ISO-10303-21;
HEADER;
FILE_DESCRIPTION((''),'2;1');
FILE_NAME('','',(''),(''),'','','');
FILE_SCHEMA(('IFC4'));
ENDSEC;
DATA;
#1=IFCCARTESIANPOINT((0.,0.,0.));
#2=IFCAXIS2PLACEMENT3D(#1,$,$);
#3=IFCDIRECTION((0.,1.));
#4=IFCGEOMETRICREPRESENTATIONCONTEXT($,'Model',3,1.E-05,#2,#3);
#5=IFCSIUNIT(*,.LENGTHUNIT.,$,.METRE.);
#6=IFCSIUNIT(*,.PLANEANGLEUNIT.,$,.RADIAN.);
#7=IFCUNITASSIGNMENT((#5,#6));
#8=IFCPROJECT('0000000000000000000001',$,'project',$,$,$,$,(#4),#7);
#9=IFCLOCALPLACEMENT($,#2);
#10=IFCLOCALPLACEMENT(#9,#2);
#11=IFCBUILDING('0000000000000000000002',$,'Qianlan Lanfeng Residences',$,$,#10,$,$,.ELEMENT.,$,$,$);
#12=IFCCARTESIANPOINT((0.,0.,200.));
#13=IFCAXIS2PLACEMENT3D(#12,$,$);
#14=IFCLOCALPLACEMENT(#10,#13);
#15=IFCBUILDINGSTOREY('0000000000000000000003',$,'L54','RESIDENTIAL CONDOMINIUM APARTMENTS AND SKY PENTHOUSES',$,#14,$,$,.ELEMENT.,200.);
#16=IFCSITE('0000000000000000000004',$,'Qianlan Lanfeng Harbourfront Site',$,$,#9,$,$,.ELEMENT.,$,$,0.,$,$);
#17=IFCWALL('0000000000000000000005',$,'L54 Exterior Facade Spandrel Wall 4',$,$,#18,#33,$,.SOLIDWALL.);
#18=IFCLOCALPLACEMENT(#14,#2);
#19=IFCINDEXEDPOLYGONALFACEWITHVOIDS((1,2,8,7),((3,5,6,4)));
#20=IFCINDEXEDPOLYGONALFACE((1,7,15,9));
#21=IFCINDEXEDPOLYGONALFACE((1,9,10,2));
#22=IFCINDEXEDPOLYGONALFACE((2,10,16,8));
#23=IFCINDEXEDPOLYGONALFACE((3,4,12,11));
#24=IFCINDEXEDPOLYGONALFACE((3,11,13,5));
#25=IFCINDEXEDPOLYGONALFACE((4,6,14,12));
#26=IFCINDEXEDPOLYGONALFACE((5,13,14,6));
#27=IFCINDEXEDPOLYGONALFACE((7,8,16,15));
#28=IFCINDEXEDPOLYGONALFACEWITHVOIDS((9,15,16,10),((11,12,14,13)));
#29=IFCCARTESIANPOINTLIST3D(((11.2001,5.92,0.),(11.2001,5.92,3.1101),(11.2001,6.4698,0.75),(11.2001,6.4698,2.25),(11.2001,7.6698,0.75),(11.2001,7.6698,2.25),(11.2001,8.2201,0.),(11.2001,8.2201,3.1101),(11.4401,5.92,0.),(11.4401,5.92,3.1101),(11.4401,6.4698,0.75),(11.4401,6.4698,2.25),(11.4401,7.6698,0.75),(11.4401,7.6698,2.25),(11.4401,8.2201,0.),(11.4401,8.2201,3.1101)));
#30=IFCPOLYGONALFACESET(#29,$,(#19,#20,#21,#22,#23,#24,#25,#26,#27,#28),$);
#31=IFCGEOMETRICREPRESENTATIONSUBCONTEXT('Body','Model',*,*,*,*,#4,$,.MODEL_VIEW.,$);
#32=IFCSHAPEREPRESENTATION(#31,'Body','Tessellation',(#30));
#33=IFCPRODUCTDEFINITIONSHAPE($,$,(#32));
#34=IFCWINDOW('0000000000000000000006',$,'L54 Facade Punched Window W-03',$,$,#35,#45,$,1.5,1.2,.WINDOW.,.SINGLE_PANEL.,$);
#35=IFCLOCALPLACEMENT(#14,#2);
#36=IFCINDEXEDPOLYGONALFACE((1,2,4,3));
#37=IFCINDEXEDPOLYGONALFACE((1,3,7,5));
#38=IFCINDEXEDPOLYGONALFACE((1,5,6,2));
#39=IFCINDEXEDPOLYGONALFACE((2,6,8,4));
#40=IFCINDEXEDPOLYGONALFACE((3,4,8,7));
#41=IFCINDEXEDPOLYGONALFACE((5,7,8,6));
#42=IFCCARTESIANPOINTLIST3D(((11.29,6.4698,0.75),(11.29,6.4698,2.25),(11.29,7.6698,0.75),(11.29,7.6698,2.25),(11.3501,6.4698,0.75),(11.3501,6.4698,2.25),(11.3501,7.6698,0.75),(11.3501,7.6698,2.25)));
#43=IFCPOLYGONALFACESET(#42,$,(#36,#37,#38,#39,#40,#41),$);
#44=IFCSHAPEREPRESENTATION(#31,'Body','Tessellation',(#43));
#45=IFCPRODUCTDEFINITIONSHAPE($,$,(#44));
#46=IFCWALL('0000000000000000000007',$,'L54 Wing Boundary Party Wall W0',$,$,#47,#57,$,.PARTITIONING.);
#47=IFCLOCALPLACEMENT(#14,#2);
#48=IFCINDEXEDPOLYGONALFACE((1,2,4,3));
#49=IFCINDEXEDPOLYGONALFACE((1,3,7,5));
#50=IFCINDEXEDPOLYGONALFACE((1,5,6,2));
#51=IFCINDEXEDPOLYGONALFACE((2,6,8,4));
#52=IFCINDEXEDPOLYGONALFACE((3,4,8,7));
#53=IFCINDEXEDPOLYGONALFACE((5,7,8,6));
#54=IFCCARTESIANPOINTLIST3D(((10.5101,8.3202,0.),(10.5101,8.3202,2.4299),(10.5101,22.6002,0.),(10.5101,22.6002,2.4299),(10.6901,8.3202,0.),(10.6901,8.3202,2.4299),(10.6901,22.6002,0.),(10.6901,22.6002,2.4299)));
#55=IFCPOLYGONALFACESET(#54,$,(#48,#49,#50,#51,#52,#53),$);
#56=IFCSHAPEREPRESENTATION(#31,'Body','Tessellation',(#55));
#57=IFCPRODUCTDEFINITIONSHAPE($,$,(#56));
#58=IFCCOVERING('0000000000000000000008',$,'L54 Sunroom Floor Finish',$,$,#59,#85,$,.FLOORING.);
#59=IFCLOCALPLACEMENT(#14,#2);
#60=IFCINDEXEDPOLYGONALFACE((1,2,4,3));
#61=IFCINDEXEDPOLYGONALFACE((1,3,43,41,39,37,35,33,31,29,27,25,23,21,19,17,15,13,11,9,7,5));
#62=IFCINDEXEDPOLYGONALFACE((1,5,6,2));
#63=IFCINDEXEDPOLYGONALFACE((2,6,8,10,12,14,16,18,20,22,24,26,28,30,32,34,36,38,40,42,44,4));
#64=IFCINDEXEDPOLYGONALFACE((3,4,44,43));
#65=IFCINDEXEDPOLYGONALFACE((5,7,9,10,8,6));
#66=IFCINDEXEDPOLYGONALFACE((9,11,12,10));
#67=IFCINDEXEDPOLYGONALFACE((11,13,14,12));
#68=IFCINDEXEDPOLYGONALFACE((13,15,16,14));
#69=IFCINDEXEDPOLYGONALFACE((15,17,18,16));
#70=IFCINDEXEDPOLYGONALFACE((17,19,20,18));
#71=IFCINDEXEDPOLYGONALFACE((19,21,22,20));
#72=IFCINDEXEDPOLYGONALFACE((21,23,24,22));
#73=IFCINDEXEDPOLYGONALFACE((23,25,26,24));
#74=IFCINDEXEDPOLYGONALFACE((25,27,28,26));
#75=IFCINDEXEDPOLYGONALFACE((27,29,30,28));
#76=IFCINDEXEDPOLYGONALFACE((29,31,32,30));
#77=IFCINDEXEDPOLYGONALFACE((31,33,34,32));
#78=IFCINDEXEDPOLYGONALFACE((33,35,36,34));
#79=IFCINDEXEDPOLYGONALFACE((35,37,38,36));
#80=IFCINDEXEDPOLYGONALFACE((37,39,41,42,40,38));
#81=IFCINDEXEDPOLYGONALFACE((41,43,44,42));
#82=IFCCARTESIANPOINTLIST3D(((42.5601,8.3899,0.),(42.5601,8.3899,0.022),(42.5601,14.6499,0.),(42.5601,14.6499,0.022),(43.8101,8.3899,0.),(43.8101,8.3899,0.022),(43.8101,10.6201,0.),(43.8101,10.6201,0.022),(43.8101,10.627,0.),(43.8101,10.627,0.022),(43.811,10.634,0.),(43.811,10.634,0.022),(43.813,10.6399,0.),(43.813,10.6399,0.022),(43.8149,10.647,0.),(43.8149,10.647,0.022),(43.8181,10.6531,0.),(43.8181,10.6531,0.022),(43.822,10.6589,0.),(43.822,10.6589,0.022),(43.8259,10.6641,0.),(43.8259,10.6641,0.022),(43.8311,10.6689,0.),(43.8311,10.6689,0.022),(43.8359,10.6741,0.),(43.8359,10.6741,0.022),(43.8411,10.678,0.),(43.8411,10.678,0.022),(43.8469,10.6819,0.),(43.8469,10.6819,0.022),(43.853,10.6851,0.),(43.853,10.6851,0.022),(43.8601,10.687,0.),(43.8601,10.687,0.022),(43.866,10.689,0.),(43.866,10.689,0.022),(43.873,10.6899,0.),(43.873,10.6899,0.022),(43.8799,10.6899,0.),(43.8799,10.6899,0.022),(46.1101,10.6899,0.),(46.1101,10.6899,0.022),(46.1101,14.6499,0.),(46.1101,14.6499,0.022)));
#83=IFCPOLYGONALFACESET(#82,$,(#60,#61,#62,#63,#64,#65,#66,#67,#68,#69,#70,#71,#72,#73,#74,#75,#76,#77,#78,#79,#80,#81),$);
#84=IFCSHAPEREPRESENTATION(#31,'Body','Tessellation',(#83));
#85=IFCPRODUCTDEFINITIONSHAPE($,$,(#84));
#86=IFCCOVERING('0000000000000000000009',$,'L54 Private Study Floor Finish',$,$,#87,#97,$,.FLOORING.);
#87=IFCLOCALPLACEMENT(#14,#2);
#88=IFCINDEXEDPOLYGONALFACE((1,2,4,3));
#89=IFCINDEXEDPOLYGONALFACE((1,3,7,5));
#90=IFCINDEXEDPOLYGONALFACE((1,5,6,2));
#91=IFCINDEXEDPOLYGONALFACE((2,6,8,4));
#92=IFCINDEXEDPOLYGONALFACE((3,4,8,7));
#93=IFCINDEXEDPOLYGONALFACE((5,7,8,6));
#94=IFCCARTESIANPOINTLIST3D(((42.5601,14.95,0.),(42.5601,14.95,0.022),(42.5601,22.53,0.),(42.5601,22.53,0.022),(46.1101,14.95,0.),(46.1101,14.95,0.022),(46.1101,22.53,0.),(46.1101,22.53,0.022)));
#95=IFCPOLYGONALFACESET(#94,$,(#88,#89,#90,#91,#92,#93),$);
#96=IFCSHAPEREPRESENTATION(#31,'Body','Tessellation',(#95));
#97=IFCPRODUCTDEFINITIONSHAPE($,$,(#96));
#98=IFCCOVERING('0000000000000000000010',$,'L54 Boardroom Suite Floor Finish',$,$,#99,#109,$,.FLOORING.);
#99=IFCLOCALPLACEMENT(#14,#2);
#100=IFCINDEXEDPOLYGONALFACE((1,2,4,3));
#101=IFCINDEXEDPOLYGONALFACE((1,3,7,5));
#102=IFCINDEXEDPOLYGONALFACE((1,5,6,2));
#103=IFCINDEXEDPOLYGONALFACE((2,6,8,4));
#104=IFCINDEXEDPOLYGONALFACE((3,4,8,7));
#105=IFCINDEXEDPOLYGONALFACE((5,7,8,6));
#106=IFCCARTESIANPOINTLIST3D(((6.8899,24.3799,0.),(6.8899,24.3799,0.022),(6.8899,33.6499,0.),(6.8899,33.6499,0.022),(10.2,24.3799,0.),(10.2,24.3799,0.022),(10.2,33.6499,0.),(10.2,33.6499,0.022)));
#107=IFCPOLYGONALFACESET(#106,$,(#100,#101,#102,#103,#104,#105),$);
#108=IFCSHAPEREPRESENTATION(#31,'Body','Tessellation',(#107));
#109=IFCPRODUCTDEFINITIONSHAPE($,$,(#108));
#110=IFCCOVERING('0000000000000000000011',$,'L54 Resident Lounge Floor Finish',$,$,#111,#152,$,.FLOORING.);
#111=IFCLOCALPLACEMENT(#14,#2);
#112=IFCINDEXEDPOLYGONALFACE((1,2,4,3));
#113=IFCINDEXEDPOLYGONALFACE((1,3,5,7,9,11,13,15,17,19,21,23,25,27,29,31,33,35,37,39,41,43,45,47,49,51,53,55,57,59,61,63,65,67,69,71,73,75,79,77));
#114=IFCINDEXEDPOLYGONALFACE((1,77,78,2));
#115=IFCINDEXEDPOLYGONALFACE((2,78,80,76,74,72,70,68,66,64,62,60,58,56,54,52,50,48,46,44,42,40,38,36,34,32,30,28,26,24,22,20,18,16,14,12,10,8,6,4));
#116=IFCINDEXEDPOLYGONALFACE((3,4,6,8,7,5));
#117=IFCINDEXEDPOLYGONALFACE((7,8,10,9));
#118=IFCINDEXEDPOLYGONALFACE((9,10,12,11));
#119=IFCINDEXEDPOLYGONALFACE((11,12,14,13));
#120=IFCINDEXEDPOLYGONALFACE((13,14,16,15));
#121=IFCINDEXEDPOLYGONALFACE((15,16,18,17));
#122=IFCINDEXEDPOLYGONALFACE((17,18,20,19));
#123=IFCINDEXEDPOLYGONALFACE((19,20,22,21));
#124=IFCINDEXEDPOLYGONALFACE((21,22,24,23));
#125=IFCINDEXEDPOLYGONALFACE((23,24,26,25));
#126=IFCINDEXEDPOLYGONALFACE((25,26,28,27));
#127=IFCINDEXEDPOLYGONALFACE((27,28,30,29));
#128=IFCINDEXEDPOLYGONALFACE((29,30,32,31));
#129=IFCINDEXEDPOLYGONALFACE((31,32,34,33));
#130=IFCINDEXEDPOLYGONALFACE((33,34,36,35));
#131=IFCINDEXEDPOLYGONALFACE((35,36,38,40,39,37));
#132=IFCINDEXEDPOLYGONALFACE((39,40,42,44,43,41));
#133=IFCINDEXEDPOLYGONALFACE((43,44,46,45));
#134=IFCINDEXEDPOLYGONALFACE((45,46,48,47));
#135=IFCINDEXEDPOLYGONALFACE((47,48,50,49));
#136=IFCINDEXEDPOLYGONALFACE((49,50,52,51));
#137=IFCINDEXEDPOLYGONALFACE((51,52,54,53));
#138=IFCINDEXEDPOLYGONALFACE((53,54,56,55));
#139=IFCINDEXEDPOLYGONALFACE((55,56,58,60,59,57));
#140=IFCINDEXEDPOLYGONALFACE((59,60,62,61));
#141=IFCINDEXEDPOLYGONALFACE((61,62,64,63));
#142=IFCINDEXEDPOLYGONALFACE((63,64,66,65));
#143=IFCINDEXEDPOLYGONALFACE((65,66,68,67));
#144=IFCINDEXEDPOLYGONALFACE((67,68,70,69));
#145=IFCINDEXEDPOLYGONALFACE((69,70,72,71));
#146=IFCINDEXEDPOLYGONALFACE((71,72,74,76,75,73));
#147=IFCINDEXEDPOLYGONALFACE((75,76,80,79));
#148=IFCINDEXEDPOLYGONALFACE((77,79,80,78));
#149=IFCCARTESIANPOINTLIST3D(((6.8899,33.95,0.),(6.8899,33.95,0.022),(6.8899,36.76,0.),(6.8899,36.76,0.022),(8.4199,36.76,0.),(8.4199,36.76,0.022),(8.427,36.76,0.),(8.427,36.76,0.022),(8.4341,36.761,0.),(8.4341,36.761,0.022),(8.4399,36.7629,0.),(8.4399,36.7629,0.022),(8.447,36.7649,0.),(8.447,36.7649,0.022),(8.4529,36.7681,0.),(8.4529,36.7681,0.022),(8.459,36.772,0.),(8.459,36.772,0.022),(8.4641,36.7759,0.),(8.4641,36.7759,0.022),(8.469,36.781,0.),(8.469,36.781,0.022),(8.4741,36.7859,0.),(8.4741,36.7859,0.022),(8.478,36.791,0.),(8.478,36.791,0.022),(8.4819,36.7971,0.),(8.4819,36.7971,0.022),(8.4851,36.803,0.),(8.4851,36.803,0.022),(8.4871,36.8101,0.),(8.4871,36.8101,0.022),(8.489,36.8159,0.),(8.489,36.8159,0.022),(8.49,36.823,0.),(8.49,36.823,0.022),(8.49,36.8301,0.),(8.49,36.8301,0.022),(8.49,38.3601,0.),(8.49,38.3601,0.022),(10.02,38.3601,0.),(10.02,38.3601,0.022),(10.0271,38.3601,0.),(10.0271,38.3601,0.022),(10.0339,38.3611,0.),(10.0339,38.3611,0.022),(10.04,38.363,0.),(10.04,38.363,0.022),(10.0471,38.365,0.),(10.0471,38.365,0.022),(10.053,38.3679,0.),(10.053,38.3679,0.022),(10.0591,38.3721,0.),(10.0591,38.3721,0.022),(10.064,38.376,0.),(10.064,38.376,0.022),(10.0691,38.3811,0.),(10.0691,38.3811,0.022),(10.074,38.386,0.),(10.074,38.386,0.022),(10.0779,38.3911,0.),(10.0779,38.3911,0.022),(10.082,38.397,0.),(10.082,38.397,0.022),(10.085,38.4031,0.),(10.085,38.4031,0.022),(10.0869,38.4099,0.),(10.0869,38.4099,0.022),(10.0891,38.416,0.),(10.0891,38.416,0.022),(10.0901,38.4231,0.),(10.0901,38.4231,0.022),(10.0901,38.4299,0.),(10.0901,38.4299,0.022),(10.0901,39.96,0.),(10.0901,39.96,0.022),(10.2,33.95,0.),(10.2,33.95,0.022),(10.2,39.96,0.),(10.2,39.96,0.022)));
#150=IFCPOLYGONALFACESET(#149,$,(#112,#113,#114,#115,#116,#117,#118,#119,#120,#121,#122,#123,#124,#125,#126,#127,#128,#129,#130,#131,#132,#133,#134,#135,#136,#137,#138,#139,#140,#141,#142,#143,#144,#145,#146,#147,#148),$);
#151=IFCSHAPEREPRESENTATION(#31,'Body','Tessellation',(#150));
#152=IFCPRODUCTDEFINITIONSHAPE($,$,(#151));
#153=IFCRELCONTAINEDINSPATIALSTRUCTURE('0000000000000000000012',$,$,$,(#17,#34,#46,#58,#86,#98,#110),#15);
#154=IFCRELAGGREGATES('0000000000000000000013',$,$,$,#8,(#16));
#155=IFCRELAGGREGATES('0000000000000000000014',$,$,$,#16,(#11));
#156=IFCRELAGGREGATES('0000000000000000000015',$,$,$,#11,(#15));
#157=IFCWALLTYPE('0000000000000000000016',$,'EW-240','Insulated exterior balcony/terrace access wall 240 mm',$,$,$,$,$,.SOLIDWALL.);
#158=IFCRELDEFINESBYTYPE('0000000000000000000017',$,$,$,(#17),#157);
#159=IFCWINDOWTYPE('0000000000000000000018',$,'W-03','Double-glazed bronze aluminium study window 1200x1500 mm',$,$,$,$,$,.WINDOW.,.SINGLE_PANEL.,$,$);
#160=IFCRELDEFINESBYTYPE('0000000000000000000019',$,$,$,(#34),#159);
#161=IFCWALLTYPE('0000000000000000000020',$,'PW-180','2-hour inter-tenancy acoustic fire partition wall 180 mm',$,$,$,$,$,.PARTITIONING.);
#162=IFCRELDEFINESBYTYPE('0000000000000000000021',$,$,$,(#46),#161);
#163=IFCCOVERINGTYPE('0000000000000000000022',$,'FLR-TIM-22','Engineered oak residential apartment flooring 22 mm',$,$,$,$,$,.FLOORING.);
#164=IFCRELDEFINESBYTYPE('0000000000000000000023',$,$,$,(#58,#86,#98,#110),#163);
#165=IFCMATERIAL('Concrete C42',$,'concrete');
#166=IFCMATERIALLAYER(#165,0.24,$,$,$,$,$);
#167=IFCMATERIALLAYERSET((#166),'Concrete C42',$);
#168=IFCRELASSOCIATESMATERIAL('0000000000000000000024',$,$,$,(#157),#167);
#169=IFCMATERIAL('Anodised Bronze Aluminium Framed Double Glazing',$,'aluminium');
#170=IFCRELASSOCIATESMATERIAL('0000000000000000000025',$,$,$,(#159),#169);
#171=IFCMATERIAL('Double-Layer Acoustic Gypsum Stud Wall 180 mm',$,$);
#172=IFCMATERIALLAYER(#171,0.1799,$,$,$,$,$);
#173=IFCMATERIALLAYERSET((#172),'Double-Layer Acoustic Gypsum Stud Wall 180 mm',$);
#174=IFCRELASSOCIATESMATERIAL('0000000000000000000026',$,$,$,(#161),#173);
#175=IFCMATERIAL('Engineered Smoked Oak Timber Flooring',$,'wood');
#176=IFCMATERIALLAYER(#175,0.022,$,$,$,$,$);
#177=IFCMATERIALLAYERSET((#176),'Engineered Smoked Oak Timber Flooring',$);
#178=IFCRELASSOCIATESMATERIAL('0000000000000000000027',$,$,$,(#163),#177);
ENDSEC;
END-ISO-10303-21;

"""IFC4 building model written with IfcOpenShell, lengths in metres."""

from ifc_helpers import new_model, si_unit, direction, frame, frame_2d, origin, place, context, subcontext, project, spatial, polyline, rectangle, outline, extrude, material, layer, layer_set, type_object, element, fill, save


model = new_model("IFC4")

# Units and contexts
model_context = context("Model", 3, precision=1e-05, world=origin(), true_north=direction((0.0, 1.0)))
body_context = subcontext(model_context, "Body", "Model", "MODEL_VIEW")
ifc_project = project(units=[si_unit("LENGTHUNIT", "METRE"), si_unit("PLANEANGLEUNIT", "RADIAN")], contexts=[model_context])

# Site, building, storey
site_placement = place(None, origin())
site = spatial("IfcSite", under=ifc_project, at=site_placement, Name="Qianlan Lanfeng Harbourfront Site", CompositionType="ELEMENT", RefElevation=0.0)
building_placement = place(site_placement, origin())
building = spatial("IfcBuilding", under=site, at=building_placement, Name="Qianlan Lanfeng Residences", CompositionType="ELEMENT")
storey_placement = place(building_placement, frame((0.0, 0.0, 200.0)))
storey = spatial("IfcBuildingStorey", under=building, at=storey_placement, Name="L54", Description="RESIDENTIAL CONDOMINIUM APARTMENTS AND SKY PENTHOUSES", CompositionType="ELEMENT", Elevation=200.0)

# Shared definitions
ifc_material_1 = material(Name="Concrete C42", Category="concrete")
ifc_layer_1 = layer(ifc_material_1, 0.24)
ifc_layer_set_1 = layer_set([ifc_layer_1], Name="Concrete C42")
wall_type_1 = type_object("IfcWallType", Name="EW-240", Description="Insulated exterior balcony/terrace access wall 240 mm", PredefinedType="SOLIDWALL", material=ifc_layer_set_1)

# Wall, opening, window
wall_1_placement = place(storey_placement, frame((11.3201, 8.22, 0.0), z_axis=(0.0, 0.0, 1.0), x_axis=(0.0, -1.0, 0.0)))
wall_1 = element("IfcWall", 1, at=wall_1_placement, inside=storey, type_object=wall_type_1, Name="L54 Exterior Facade Spandrel Wall 4", PredefinedType="SOLIDWALL", context=body_context, shape_type="SweptSolid", body=[
    extrude(rectangle(XDim=2.3, YDim=0.24, at=frame_2d((1.1499, 0.0))), origin(), (0.0, 0.0, 1.0), 3.1101),
])
opening_placement = place(wall_1_placement, frame((0.55, 0.0, 0.75)))
opening = element("IfcOpeningElement", 2, at=opening_placement, cuts=wall_1, PredefinedType="OPENING", context=body_context, shape_type="SweptSolid", body=[
    extrude(rectangle(XDim=1.2, YDim=1.5, at=frame_2d((0.6001, 0.75))), frame((0.0, 0.1299, 0.0), z_axis=(0.0, -1.0, 0.0), x_axis=(1.0, 0.0, 0.0)), (0.0, 0.0, 1.0), 0.26),
])
ifc_material_2 = material(Name="Anodised Bronze Aluminium Framed Double Glazing", Category="aluminium")
window_type = type_object("IfcWindowType", Name="W-03", Description="Double-glazed bronze aluminium study window 1200x1500 mm", PartitioningType="SINGLE_PANEL", PredefinedType="WINDOW", material=ifc_material_2)
window_placement = place(opening_placement, origin())
window = element("IfcWindow", 3, at=window_placement, inside=storey, type_object=window_type, Name="L54 Facade Punched Window W-03", OverallHeight=1.5, OverallWidth=1.2, PartitioningType="SINGLE_PANEL", PredefinedType="WINDOW", context=body_context, shape_type="SweptSolid", body=[
    extrude(rectangle(XDim=1.2, YDim=1.5, at=frame_2d((0.6001, 0.75))), frame((0.0, 0.03, 0.0), z_axis=(0.0, -1.0, 0.0), x_axis=(1.0, 0.0, 0.0)), (0.0, 0.0, 1.0), 0.0601),
])
fill(opening, window)

# Wall
ifc_material_3 = material(Name="Double-Layer Acoustic Gypsum Stud Wall 180 mm")
ifc_layer_2 = layer(ifc_material_3, 0.1799)
ifc_layer_set_2 = layer_set([ifc_layer_2], Name="Double-Layer Acoustic Gypsum Stud Wall 180 mm")
wall_type_2 = type_object("IfcWallType", Name="PW-180", Description="2-hour inter-tenancy acoustic fire partition wall 180 mm", PredefinedType="PARTITIONING", material=ifc_layer_set_2)
wall_2_placement = place(storey_placement, frame((10.6001, 8.3201, 0.0), z_axis=(0.0, 0.0, 1.0), x_axis=(0.0, 1.0, 0.0)))
element("IfcWall", 4, at=wall_2_placement, inside=storey, type_object=wall_type_2, Name="L54 Wing Boundary Party Wall W0", PredefinedType="PARTITIONING", context=body_context, shape_type="SweptSolid", body=[
    extrude(rectangle(XDim=14.28, YDim=0.1799, at=frame_2d((7.1401, 0.0))), origin(), (0.0, 0.0, 1.0), 2.4299),
])

# Coverings
ifc_material_4 = material(Name="Engineered Smoked Oak Timber Flooring", Category="wood")
ifc_layer_3 = layer(ifc_material_4, 0.022)
ifc_layer_set_3 = layer_set([ifc_layer_3], Name="Engineered Smoked Oak Timber Flooring")
covering_type = type_object("IfcCoveringType", Name="FLR-TIM-22", Description="Engineered oak residential apartment flooring 22 mm", PredefinedType="FLOORING", material=ifc_layer_set_3)
covering_1_placement = place(storey_placement, origin())
element("IfcCovering", 5, at=covering_1_placement, inside=storey, type_object=covering_type, Name="L54 Sunroom Floor Finish", PredefinedType="FLOORING", context=body_context, shape_type="SweptSolid", body=[
    extrude(outline(polyline([(46.1101, 14.6499), (42.5601, 14.6499), (42.5601, 8.3899), (43.8101, 8.3899), (43.8101, 10.6201), (43.8101, 10.627), (43.811, 10.634), (43.813, 10.6399), (43.8149, 10.647), (43.8181, 10.6531), (43.822, 10.6589), (43.8259, 10.6641), (43.8311, 10.6689), (43.8359, 10.6741), (43.8411, 10.678), (43.8469, 10.6819), (43.853, 10.6851), (43.8601, 10.687), (43.866, 10.689), (43.873, 10.6899), (43.8799, 10.6899), (46.1101, 10.6899), (46.1101, 14.6499)])), origin(), (0.0, 0.0, 1.0), 0.022),
])
covering_2_placement = place(storey_placement, origin())
element("IfcCovering", 6, at=covering_2_placement, inside=storey, type_object=covering_type, Name="L54 Private Study Floor Finish", PredefinedType="FLOORING", context=body_context, shape_type="SweptSolid", body=[
    extrude(outline(polyline([(46.1101, 22.53), (42.5601, 22.53), (42.5601, 14.95), (46.1101, 14.95), (46.1101, 22.53)])), origin(), (0.0, 0.0, 1.0), 0.022),
])
covering_3_placement = place(storey_placement, origin())
element("IfcCovering", 7, at=covering_3_placement, inside=storey, type_object=covering_type, Name="L54 Boardroom Suite Floor Finish", PredefinedType="FLOORING", context=body_context, shape_type="SweptSolid", body=[
    extrude(outline(polyline([(10.2, 33.6499), (6.8899, 33.6499), (6.8899, 24.3799), (10.2, 24.3799), (10.2, 33.6499)])), origin(), (0.0, 0.0, 1.0), 0.022),
])
covering_4_placement = place(storey_placement, origin())
element("IfcCovering", 8, at=covering_4_placement, inside=storey, type_object=covering_type, Name="L54 Resident Lounge Floor Finish", PredefinedType="FLOORING", context=body_context, shape_type="SweptSolid", body=[
    extrude(outline(polyline([(6.8899, 33.95), (10.2, 33.95), (10.2, 39.96), (10.0901, 39.96), (10.0901, 38.4299), (10.0901, 38.4231), (10.0891, 38.416), (10.0869, 38.4099), (10.085, 38.4031), (10.082, 38.397), (10.0779, 38.3911), (10.074, 38.386), (10.0691, 38.3811), (10.064, 38.376), (10.0591, 38.3721), (10.053, 38.3679), (10.0471, 38.365), (10.04, 38.363), (10.0339, 38.3611), (10.0271, 38.3601), (10.02, 38.3601), (8.49, 38.3601), (8.49, 36.8301), (8.49, 36.823), (8.489, 36.8159), (8.4871, 36.8101), (8.4851, 36.803), (8.4819, 36.7971), (8.478, 36.791), (8.4741, 36.7859), (8.469, 36.781), (8.4641, 36.7759), (8.459, 36.772), (8.4529, 36.7681), (8.447, 36.7649), (8.4399, 36.7629), (8.4341, 36.761), (8.427, 36.76), (8.4199, 36.76), (6.8899, 36.76), (6.8899, 33.95)])), origin(), (0.0, 0.0, 1.0), 0.022),
])

save(model, "model.ifc")
